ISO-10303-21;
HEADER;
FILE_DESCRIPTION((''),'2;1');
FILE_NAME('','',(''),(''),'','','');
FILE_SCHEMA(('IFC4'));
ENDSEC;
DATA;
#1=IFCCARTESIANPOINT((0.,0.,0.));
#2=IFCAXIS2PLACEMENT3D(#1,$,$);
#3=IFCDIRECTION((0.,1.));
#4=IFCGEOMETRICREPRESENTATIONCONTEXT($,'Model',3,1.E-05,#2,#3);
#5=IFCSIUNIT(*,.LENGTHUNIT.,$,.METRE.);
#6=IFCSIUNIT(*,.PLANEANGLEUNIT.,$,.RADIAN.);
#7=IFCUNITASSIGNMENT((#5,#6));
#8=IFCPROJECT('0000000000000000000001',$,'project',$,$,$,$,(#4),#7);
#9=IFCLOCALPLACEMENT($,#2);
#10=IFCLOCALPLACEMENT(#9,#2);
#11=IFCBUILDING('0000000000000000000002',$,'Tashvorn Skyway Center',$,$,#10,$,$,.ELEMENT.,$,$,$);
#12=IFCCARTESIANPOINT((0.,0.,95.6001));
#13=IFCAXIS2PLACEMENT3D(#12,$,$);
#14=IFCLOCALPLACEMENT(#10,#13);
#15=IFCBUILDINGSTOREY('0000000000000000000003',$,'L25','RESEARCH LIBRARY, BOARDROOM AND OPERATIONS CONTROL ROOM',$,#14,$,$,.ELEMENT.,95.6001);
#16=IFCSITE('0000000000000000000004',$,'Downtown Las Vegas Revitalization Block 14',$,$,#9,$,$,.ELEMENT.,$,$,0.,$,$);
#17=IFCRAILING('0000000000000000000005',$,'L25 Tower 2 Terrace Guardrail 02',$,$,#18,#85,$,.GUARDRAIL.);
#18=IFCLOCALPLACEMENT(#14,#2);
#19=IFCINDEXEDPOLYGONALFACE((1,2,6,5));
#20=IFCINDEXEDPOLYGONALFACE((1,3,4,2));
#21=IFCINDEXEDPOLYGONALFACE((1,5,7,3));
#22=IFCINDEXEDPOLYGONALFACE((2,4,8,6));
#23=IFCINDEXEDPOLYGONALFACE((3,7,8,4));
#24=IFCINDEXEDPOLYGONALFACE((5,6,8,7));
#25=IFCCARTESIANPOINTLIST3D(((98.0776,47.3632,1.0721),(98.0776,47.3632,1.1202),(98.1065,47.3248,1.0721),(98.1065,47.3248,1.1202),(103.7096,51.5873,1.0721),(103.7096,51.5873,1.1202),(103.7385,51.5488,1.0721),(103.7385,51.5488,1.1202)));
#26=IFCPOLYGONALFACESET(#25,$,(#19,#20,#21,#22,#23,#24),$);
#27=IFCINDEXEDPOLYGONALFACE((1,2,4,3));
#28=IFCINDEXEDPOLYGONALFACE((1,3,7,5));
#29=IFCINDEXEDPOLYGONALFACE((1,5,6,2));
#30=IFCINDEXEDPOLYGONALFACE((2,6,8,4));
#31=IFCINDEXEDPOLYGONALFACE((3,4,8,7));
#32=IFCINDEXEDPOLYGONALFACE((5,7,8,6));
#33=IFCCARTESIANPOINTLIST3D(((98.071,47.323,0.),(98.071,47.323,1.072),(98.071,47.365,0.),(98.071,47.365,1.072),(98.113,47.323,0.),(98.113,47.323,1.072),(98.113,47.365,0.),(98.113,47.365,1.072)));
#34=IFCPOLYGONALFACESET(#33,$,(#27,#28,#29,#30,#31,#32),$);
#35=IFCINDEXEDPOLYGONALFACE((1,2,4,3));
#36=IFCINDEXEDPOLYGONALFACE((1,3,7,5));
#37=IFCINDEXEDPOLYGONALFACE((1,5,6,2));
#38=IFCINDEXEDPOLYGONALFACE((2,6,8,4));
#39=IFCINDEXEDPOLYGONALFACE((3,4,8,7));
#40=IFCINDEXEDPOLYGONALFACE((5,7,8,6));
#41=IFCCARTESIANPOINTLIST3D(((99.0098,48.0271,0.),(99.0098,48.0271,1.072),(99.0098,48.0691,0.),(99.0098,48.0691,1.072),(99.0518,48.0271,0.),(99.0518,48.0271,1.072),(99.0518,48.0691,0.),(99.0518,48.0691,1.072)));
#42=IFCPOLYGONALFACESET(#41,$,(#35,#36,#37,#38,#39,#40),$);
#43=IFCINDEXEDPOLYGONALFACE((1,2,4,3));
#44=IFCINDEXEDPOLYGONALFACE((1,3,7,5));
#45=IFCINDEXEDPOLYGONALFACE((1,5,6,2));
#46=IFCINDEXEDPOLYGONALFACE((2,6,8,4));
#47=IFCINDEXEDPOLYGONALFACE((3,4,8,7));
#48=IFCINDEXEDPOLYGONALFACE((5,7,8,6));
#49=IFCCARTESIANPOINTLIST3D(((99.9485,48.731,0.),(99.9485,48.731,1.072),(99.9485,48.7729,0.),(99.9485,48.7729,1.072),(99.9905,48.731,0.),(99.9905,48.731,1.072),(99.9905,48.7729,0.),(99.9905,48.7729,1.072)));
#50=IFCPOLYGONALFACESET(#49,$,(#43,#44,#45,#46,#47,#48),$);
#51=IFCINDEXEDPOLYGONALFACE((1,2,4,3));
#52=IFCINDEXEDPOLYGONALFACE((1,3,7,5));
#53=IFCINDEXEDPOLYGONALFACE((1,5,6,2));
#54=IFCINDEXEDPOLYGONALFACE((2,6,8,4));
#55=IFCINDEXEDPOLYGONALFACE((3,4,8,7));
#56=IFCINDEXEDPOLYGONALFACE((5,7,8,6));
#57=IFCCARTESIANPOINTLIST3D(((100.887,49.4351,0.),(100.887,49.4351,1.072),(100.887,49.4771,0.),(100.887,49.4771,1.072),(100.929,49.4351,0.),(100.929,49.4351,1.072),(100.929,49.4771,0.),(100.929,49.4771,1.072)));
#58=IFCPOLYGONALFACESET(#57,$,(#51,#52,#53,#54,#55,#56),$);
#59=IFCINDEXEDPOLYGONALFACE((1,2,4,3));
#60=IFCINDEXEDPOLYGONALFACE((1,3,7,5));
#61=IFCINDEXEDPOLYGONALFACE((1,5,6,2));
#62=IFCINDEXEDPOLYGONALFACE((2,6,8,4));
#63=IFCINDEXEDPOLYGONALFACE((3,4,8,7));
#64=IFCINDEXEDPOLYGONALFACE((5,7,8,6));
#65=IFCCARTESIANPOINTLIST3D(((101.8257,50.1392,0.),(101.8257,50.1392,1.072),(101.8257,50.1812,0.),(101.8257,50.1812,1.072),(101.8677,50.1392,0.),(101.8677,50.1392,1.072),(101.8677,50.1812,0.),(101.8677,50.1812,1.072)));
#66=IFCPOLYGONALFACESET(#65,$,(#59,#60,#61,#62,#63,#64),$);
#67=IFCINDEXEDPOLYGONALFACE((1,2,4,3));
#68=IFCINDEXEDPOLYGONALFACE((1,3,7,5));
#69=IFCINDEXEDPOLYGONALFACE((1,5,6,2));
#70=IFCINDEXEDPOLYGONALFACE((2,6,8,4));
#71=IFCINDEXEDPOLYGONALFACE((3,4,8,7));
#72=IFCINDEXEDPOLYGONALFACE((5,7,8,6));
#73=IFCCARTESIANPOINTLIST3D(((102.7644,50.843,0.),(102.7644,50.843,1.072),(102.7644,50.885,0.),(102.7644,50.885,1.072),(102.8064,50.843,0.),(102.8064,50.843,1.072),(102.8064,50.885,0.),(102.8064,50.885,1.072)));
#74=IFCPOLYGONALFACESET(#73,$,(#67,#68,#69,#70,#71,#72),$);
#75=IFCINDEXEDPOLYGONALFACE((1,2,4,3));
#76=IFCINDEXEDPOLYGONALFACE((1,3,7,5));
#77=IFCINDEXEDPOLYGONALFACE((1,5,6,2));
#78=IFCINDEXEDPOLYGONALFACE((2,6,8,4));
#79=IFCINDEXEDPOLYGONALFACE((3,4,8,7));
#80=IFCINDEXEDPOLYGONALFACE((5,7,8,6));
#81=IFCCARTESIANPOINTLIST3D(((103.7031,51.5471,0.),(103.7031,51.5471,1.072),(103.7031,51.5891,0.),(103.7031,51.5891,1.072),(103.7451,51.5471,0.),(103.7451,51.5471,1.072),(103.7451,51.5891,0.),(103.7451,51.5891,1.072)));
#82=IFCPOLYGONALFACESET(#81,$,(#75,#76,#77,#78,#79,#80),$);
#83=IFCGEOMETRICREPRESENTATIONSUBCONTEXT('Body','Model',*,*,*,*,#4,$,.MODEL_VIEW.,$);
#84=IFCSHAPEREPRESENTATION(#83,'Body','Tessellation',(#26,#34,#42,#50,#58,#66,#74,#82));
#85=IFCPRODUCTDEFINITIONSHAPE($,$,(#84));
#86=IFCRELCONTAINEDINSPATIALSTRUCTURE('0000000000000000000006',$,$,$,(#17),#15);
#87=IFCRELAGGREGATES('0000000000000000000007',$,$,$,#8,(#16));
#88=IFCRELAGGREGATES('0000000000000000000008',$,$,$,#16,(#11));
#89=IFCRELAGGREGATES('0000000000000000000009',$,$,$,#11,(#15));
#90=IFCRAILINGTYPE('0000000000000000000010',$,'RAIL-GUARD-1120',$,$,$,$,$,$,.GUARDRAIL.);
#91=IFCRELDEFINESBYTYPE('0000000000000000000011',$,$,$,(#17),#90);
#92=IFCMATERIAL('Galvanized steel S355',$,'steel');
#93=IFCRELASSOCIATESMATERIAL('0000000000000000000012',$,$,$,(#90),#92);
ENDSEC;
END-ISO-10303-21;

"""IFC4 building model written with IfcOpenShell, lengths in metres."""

from ifc_helpers import new_model, si_unit, direction, frame, origin, origin_2d, place, context, subcontext, project, spatial, rectangle, extrude, material, type_object, element, save


model = new_model("IFC4")

# Units and contexts
model_context = context("Model", 3, precision=1e-05, world=origin(), true_north=direction((0.0, 1.0)))
body_context = subcontext(model_context, "Body", "Model", "MODEL_VIEW")
ifc_project = project(units=[si_unit("LENGTHUNIT", "METRE"), si_unit("PLANEANGLEUNIT", "RADIAN")], contexts=[model_context])

# Site, building, storey
site_placement = place(None, origin())
site = spatial("IfcSite", under=ifc_project, at=site_placement, Name="Downtown Las Vegas Revitalization Block 14", CompositionType="ELEMENT", RefElevation=0.0)
building_placement = place(site_placement, origin())
building = spatial("IfcBuilding", under=site, at=building_placement, Name="Tashvorn Skyway Center", CompositionType="ELEMENT")
storey_placement = place(building_placement, frame((0.0, 0.0, 95.6001)))
storey = spatial("IfcBuildingStorey", under=building, at=storey_placement, Name="L25", Description="RESEARCH LIBRARY, BOARDROOM AND OPERATIONS CONTROL ROOM", CompositionType="ELEMENT", Elevation=95.6001)

# Railing
ifc_material_1 = material(Name="Galvanized steel S355", Category="steel")
railing_type = type_object("IfcRailingType", Name="RAIL-GUARD-1120", PredefinedType="GUARDRAIL", material=ifc_material_1)
railing_1_placement = place(storey_placement, frame((98.092, 47.344, 0.0)))
element("IfcRailing", 1, at=railing_1_placement, inside=storey, type_object=railing_type, Name="L25 Tower 2 Terrace Guardrail 02", PredefinedType="GUARDRAIL", context=body_context, shape_type="SweptSolid", body=[
    extrude(rectangle(XDim=0.0481, YDim=0.0481, at=origin_2d()), frame((0.0, 0.0, 1.0962), z_axis=(0.799996, 0.600006, 0.0), x_axis=(-0.600006, 0.799996, 0.0)), (0.0, 0.0, 1.0), 7.04),
    extrude(rectangle(XDim=0.042, YDim=0.042, at=origin_2d()), origin(), (0.0, 0.0, 1.0), 1.072),
    extrude(rectangle(XDim=0.042, YDim=0.042, at=origin_2d()), frame((0.9387, 0.7041, 0.0)), (0.0, 0.0, 1.0), 1.072),
    extrude(rectangle(XDim=0.042, YDim=0.042, at=origin_2d()), frame((1.8774, 1.408, 0.0)), (0.0, 0.0, 1.0), 1.072),
    extrude(rectangle(XDim=0.042, YDim=0.042, at=origin_2d()), frame((2.8159, 2.1121, 0.0)), (0.0, 0.0, 1.0), 1.072),
    extrude(rectangle(XDim=0.042, YDim=0.042, at=origin_2d()), frame((3.7546, 2.8162, 0.0)), (0.0, 0.0, 1.0), 1.072),
    extrude(rectangle(XDim=0.042, YDim=0.042, at=origin_2d()), frame((4.6934, 3.52, 0.0)), (0.0, 0.0, 1.0), 1.072),
    extrude(rectangle(XDim=0.042, YDim=0.042, at=origin_2d()), frame((5.6321, 4.2241, 0.0)), (0.0, 0.0, 1.0), 1.072),
])

save(model, "model.ifc")
